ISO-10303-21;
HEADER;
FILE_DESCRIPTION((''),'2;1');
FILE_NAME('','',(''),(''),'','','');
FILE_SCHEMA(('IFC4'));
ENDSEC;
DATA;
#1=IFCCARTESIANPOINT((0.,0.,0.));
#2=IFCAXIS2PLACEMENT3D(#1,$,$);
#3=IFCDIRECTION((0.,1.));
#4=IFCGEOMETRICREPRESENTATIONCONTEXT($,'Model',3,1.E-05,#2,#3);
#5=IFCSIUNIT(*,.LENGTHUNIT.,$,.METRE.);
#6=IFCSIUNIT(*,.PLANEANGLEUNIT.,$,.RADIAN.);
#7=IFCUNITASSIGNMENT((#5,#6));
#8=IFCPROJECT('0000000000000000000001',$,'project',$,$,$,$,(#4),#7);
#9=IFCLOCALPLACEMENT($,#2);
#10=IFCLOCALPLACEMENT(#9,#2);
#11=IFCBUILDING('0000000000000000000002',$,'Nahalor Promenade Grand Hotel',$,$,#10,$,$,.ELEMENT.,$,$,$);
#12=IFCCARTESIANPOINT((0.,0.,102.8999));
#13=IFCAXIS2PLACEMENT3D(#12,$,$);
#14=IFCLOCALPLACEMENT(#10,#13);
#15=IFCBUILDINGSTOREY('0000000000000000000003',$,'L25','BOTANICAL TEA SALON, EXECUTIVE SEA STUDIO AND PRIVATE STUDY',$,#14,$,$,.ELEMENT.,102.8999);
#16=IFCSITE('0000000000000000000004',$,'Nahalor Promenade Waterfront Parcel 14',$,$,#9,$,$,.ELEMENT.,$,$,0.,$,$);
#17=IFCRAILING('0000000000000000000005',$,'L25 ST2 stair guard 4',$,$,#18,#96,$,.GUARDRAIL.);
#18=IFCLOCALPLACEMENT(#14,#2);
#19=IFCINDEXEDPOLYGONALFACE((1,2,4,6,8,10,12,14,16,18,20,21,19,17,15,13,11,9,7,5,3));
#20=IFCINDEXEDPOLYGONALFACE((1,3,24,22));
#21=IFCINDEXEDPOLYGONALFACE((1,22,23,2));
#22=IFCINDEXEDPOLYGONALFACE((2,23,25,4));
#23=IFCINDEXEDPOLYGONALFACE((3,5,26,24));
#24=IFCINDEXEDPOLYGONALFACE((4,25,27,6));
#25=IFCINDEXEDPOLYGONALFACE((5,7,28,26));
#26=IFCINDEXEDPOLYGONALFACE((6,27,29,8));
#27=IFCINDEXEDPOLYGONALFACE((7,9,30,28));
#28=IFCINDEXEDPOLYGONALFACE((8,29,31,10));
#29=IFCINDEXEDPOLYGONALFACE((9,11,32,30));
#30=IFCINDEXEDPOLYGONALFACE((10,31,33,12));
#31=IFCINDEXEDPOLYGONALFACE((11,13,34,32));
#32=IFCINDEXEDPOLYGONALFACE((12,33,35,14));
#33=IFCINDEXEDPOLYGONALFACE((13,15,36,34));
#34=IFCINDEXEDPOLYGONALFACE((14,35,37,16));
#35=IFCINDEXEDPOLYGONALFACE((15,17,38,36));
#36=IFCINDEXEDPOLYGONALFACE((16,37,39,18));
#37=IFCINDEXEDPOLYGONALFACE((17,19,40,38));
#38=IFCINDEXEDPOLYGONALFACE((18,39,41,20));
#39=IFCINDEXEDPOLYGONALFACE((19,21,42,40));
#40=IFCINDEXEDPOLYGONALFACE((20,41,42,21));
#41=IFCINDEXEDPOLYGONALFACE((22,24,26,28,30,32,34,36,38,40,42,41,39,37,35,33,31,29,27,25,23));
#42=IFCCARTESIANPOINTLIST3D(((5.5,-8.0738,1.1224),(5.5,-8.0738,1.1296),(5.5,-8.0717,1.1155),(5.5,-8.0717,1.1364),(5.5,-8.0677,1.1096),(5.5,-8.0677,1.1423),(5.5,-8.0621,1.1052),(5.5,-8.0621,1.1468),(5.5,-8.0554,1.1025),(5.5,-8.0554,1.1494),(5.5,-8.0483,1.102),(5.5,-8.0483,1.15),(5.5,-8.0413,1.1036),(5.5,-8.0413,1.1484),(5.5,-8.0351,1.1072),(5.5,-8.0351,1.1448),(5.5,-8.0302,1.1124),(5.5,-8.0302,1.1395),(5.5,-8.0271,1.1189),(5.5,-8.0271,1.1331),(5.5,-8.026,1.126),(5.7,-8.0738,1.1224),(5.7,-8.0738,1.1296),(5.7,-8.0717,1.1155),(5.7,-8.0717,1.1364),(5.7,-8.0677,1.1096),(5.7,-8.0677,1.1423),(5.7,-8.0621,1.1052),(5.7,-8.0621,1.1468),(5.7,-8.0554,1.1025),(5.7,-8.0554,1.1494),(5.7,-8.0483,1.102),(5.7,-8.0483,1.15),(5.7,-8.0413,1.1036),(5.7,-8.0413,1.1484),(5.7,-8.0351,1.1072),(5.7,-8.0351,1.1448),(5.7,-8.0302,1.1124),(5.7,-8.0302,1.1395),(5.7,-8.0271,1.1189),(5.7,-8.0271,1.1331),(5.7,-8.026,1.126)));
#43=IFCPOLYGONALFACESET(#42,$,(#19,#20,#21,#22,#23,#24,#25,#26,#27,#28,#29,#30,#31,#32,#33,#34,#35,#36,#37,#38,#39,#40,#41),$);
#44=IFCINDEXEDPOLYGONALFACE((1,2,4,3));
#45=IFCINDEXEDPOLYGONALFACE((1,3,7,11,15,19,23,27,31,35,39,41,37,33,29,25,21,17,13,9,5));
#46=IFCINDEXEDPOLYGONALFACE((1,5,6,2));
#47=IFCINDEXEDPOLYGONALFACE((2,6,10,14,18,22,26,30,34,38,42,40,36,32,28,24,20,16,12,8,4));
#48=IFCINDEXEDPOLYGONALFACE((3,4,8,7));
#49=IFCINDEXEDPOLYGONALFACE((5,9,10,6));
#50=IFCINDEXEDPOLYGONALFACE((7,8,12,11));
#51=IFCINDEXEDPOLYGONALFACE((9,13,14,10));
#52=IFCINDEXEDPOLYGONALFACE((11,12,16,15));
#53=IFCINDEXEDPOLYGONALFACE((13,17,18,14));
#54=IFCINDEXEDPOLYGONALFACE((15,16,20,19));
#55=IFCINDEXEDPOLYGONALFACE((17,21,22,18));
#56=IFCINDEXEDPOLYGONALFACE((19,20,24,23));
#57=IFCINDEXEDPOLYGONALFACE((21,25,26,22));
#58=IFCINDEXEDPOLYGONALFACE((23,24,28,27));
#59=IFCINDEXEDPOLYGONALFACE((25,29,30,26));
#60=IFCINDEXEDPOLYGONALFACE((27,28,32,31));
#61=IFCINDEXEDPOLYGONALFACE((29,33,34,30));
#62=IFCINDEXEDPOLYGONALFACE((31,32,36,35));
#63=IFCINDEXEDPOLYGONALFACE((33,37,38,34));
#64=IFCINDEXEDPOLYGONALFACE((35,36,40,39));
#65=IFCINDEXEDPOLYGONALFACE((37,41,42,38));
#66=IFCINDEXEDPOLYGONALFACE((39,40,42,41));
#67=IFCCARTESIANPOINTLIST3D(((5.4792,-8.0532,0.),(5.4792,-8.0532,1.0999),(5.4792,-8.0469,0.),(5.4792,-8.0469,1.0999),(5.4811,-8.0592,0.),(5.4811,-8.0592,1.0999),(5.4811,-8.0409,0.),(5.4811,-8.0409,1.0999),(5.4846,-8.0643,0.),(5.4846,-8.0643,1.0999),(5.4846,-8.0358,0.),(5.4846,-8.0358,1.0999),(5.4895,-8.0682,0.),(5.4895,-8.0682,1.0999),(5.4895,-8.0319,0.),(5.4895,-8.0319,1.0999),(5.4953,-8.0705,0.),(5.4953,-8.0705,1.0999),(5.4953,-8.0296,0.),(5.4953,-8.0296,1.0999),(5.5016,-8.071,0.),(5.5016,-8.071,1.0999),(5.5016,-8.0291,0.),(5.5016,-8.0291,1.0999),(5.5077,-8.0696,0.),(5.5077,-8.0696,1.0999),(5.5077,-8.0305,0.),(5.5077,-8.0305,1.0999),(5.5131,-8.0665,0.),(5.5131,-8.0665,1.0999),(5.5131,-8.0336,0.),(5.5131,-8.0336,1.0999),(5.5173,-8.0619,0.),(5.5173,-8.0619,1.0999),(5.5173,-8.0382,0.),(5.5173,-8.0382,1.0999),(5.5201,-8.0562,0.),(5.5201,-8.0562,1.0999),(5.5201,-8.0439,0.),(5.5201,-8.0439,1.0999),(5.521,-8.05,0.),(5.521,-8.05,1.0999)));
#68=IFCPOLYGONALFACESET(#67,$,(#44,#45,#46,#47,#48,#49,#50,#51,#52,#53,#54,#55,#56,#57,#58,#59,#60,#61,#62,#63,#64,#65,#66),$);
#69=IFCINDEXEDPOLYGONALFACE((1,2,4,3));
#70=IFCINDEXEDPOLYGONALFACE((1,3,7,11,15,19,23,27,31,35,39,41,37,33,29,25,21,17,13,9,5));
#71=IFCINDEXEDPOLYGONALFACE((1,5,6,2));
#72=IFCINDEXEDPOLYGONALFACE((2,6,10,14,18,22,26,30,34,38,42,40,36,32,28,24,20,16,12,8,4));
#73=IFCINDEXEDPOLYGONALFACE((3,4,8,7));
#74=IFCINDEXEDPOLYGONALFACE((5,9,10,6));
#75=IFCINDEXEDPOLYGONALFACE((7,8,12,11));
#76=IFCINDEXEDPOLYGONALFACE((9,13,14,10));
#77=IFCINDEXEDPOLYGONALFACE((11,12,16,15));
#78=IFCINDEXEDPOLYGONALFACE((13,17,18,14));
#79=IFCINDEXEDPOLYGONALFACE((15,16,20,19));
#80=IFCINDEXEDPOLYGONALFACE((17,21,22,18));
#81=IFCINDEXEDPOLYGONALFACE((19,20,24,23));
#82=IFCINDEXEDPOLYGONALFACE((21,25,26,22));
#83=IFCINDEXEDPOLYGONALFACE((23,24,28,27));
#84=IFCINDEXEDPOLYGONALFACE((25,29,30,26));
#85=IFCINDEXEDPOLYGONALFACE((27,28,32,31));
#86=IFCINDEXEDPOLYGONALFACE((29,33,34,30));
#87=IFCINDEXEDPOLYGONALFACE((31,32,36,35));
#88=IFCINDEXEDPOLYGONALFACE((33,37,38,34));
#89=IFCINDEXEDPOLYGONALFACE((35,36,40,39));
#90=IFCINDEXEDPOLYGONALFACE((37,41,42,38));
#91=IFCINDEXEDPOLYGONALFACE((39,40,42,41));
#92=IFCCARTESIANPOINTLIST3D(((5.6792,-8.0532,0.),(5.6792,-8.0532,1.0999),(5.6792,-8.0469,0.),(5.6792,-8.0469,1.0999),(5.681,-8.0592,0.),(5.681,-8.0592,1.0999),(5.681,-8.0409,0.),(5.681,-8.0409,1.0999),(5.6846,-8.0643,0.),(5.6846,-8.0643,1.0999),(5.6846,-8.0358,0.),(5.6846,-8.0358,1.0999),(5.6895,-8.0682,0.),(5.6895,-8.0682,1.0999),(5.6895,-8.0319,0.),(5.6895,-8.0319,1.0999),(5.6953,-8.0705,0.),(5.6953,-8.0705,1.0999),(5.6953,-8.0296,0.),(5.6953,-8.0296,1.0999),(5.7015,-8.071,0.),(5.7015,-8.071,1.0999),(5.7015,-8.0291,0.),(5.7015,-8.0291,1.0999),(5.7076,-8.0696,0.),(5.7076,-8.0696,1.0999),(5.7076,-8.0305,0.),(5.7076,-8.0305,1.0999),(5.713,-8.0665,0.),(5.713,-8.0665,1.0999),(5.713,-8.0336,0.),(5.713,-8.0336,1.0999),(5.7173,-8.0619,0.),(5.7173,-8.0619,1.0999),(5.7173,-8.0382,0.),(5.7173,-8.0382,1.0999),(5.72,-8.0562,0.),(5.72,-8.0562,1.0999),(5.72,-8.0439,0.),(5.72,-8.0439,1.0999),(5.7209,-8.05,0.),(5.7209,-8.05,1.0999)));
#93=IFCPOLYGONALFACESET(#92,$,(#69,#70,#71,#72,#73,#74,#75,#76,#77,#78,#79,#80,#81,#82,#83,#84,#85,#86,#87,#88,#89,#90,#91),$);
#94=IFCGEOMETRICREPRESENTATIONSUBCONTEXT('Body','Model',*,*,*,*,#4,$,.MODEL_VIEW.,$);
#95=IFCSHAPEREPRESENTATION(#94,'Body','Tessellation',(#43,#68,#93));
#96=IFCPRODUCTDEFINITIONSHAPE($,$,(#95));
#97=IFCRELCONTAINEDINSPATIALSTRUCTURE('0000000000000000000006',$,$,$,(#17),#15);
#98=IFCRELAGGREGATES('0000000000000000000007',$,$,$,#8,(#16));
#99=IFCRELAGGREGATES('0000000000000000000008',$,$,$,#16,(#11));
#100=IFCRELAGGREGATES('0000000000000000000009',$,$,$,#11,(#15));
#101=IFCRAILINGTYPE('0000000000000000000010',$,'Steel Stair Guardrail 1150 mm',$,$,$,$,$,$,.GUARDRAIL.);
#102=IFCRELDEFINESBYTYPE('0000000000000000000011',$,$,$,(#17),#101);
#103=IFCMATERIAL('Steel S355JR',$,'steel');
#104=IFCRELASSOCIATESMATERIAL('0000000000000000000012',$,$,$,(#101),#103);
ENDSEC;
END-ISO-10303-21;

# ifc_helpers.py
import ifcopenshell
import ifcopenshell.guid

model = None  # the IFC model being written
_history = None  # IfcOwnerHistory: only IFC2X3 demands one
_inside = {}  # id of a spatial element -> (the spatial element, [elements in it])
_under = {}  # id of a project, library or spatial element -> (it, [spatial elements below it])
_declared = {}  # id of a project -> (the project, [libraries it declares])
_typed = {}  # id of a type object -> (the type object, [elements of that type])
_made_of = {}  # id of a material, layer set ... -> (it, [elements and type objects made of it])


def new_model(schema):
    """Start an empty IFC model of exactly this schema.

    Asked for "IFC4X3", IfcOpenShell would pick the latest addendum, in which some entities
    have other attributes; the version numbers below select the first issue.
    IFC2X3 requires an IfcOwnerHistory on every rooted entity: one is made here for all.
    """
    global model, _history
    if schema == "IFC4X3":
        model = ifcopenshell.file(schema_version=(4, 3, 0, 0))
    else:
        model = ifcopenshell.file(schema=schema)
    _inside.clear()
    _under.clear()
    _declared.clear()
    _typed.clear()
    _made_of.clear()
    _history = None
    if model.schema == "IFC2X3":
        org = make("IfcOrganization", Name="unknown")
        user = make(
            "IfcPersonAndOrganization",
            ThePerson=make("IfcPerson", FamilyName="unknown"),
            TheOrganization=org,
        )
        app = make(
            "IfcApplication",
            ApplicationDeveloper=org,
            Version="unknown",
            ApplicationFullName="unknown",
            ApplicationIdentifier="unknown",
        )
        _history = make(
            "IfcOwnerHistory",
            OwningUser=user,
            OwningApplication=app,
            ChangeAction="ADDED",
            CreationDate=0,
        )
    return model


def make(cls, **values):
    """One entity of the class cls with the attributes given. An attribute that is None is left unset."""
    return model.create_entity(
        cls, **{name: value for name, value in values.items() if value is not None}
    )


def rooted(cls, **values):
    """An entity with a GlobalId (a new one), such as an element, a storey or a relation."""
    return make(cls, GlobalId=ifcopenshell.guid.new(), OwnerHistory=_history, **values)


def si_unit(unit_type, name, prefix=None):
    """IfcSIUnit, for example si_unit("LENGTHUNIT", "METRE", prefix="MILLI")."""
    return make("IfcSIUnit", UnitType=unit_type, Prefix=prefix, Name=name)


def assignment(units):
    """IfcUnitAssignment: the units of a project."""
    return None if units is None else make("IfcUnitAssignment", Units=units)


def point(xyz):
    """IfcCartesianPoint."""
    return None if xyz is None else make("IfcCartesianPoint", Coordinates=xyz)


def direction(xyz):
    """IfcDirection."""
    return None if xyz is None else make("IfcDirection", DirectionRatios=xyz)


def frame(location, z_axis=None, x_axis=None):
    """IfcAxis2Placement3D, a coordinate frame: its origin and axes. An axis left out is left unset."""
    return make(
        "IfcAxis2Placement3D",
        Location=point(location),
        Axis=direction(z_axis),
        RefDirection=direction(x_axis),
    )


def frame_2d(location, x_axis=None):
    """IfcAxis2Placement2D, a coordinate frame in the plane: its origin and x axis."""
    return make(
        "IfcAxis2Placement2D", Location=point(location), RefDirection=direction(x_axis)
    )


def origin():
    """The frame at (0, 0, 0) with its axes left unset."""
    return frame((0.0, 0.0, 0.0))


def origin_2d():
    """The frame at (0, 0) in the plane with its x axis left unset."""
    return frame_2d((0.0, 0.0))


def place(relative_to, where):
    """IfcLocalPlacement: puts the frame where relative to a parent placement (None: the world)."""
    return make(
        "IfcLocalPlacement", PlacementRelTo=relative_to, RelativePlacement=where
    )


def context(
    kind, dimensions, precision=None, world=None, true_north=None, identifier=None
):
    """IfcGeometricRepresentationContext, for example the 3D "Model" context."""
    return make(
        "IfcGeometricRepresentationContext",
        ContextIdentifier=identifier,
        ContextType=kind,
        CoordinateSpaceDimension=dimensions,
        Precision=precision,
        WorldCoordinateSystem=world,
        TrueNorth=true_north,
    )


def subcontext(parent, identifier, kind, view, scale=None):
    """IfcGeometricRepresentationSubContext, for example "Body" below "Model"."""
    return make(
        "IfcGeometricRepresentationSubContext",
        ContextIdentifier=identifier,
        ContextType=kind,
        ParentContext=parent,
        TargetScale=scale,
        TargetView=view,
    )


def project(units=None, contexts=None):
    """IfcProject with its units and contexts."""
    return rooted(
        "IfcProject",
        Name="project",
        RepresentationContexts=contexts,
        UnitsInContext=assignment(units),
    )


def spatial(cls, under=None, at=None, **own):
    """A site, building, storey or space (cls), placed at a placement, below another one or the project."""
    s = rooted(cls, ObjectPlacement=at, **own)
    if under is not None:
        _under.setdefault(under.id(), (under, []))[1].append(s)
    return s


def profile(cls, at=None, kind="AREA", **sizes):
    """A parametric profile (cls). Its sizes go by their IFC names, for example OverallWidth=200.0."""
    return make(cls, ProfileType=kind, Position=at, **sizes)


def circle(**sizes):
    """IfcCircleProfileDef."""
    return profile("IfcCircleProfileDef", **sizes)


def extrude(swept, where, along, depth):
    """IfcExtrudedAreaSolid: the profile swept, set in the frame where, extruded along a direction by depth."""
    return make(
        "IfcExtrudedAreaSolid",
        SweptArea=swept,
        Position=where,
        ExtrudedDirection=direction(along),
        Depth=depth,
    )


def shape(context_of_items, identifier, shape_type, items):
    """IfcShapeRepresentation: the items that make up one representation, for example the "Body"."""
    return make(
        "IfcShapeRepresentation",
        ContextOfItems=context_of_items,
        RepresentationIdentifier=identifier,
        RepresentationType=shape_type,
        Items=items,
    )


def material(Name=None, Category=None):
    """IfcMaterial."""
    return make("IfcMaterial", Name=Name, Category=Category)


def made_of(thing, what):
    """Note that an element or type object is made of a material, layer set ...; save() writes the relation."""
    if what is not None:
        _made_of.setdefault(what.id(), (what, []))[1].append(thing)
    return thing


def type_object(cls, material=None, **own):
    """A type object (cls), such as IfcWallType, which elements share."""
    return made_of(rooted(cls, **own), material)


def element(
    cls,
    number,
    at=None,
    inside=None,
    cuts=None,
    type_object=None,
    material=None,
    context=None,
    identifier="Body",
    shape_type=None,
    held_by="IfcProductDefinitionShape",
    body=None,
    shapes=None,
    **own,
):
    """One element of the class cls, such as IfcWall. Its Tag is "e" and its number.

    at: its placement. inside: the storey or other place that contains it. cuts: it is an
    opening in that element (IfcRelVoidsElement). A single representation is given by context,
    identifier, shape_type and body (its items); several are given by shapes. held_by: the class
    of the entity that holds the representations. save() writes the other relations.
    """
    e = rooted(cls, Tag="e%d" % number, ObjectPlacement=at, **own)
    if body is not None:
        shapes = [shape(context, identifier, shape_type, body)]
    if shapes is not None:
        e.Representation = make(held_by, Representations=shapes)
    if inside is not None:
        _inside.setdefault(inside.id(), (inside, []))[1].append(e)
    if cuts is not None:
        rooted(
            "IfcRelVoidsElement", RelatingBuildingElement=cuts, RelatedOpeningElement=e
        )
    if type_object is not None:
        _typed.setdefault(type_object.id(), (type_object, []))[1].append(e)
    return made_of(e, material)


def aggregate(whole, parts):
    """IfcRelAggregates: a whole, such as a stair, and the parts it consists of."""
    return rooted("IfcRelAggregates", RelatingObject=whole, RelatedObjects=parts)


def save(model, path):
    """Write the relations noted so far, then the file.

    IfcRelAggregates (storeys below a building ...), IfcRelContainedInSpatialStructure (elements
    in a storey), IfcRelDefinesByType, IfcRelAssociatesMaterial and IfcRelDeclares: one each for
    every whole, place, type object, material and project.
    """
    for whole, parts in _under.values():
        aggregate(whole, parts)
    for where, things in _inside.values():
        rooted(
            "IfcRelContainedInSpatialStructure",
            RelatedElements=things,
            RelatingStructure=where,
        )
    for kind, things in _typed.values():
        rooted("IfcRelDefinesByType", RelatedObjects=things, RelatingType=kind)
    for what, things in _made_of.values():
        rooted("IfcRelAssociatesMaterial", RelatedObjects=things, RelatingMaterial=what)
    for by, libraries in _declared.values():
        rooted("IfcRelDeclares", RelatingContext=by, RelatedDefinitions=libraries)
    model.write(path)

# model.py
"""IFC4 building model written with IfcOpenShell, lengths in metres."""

from ifc_helpers import new_model, si_unit, direction, frame, origin, origin_2d, place, context, subcontext, project, spatial, circle, extrude, material, type_object, element, save


model = new_model("IFC4")

# Units and contexts
model_context = context("Model", 3, precision=1e-05, world=origin(), true_north=direction((0.0, 1.0)))
body_context = subcontext(model_context, "Body", "Model", "MODEL_VIEW")
ifc_project = project(units=[si_unit("LENGTHUNIT", "METRE"), si_unit("PLANEANGLEUNIT", "RADIAN")], contexts=[model_context])

# Site, building, storey
site_placement = place(None, origin())
site = spatial("IfcSite", under=ifc_project, at=site_placement, Name="Nahalor Promenade Waterfront Parcel 14", CompositionType="ELEMENT", RefElevation=0.0)
building_placement = place(site_placement, origin())
building = spatial("IfcBuilding", under=site, at=building_placement, Name="Nahalor Promenade Grand Hotel", CompositionType="ELEMENT")
storey_placement = place(building_placement, frame((0.0, 0.0, 102.8999)))
storey = spatial("IfcBuildingStorey", under=building, at=storey_placement, Name="L25", Description="BOTANICAL TEA SALON, EXECUTIVE SEA STUDIO AND PRIVATE STUDY", CompositionType="ELEMENT", Elevation=102.8999)

# Shared definitions
ifc_material_1 = material(Name="Steel S355JR", Category="steel")

# Railing
railing_type_1 = type_object("IfcRailingType", Name="Steel Stair Guardrail 1150 mm", PredefinedType="GUARDRAIL", material=ifc_material_1)
railing_1_placement = place(storey_placement, frame((5.5, -8.05, 0.0)))
element("IfcRailing", 1, at=railing_1_placement, inside=storey, type_object=railing_type_1, Name="L25 ST2 stair guard 4", PredefinedType="GUARDRAIL", context=body_context, shape_type="SweptSolid", body=[
    extrude(circle(Radius=0.024, at=origin_2d()), frame((0.0, 0.0, 1.126), z_axis=(1.0, 0.0, 0.0), x_axis=(0.0, 1.0, 0.0)), (0.0, 0.0, 1.0), 0.2),
    extrude(circle(Radius=0.021, at=origin_2d()), origin(), (0.0, 0.0, 1.0), 1.0999),
    extrude(circle(Radius=0.021, at=origin_2d()), frame((0.2, 0.0, 0.0)), (0.0, 0.0, 1.0), 1.0999),
])

save(model, "model.ifc")
